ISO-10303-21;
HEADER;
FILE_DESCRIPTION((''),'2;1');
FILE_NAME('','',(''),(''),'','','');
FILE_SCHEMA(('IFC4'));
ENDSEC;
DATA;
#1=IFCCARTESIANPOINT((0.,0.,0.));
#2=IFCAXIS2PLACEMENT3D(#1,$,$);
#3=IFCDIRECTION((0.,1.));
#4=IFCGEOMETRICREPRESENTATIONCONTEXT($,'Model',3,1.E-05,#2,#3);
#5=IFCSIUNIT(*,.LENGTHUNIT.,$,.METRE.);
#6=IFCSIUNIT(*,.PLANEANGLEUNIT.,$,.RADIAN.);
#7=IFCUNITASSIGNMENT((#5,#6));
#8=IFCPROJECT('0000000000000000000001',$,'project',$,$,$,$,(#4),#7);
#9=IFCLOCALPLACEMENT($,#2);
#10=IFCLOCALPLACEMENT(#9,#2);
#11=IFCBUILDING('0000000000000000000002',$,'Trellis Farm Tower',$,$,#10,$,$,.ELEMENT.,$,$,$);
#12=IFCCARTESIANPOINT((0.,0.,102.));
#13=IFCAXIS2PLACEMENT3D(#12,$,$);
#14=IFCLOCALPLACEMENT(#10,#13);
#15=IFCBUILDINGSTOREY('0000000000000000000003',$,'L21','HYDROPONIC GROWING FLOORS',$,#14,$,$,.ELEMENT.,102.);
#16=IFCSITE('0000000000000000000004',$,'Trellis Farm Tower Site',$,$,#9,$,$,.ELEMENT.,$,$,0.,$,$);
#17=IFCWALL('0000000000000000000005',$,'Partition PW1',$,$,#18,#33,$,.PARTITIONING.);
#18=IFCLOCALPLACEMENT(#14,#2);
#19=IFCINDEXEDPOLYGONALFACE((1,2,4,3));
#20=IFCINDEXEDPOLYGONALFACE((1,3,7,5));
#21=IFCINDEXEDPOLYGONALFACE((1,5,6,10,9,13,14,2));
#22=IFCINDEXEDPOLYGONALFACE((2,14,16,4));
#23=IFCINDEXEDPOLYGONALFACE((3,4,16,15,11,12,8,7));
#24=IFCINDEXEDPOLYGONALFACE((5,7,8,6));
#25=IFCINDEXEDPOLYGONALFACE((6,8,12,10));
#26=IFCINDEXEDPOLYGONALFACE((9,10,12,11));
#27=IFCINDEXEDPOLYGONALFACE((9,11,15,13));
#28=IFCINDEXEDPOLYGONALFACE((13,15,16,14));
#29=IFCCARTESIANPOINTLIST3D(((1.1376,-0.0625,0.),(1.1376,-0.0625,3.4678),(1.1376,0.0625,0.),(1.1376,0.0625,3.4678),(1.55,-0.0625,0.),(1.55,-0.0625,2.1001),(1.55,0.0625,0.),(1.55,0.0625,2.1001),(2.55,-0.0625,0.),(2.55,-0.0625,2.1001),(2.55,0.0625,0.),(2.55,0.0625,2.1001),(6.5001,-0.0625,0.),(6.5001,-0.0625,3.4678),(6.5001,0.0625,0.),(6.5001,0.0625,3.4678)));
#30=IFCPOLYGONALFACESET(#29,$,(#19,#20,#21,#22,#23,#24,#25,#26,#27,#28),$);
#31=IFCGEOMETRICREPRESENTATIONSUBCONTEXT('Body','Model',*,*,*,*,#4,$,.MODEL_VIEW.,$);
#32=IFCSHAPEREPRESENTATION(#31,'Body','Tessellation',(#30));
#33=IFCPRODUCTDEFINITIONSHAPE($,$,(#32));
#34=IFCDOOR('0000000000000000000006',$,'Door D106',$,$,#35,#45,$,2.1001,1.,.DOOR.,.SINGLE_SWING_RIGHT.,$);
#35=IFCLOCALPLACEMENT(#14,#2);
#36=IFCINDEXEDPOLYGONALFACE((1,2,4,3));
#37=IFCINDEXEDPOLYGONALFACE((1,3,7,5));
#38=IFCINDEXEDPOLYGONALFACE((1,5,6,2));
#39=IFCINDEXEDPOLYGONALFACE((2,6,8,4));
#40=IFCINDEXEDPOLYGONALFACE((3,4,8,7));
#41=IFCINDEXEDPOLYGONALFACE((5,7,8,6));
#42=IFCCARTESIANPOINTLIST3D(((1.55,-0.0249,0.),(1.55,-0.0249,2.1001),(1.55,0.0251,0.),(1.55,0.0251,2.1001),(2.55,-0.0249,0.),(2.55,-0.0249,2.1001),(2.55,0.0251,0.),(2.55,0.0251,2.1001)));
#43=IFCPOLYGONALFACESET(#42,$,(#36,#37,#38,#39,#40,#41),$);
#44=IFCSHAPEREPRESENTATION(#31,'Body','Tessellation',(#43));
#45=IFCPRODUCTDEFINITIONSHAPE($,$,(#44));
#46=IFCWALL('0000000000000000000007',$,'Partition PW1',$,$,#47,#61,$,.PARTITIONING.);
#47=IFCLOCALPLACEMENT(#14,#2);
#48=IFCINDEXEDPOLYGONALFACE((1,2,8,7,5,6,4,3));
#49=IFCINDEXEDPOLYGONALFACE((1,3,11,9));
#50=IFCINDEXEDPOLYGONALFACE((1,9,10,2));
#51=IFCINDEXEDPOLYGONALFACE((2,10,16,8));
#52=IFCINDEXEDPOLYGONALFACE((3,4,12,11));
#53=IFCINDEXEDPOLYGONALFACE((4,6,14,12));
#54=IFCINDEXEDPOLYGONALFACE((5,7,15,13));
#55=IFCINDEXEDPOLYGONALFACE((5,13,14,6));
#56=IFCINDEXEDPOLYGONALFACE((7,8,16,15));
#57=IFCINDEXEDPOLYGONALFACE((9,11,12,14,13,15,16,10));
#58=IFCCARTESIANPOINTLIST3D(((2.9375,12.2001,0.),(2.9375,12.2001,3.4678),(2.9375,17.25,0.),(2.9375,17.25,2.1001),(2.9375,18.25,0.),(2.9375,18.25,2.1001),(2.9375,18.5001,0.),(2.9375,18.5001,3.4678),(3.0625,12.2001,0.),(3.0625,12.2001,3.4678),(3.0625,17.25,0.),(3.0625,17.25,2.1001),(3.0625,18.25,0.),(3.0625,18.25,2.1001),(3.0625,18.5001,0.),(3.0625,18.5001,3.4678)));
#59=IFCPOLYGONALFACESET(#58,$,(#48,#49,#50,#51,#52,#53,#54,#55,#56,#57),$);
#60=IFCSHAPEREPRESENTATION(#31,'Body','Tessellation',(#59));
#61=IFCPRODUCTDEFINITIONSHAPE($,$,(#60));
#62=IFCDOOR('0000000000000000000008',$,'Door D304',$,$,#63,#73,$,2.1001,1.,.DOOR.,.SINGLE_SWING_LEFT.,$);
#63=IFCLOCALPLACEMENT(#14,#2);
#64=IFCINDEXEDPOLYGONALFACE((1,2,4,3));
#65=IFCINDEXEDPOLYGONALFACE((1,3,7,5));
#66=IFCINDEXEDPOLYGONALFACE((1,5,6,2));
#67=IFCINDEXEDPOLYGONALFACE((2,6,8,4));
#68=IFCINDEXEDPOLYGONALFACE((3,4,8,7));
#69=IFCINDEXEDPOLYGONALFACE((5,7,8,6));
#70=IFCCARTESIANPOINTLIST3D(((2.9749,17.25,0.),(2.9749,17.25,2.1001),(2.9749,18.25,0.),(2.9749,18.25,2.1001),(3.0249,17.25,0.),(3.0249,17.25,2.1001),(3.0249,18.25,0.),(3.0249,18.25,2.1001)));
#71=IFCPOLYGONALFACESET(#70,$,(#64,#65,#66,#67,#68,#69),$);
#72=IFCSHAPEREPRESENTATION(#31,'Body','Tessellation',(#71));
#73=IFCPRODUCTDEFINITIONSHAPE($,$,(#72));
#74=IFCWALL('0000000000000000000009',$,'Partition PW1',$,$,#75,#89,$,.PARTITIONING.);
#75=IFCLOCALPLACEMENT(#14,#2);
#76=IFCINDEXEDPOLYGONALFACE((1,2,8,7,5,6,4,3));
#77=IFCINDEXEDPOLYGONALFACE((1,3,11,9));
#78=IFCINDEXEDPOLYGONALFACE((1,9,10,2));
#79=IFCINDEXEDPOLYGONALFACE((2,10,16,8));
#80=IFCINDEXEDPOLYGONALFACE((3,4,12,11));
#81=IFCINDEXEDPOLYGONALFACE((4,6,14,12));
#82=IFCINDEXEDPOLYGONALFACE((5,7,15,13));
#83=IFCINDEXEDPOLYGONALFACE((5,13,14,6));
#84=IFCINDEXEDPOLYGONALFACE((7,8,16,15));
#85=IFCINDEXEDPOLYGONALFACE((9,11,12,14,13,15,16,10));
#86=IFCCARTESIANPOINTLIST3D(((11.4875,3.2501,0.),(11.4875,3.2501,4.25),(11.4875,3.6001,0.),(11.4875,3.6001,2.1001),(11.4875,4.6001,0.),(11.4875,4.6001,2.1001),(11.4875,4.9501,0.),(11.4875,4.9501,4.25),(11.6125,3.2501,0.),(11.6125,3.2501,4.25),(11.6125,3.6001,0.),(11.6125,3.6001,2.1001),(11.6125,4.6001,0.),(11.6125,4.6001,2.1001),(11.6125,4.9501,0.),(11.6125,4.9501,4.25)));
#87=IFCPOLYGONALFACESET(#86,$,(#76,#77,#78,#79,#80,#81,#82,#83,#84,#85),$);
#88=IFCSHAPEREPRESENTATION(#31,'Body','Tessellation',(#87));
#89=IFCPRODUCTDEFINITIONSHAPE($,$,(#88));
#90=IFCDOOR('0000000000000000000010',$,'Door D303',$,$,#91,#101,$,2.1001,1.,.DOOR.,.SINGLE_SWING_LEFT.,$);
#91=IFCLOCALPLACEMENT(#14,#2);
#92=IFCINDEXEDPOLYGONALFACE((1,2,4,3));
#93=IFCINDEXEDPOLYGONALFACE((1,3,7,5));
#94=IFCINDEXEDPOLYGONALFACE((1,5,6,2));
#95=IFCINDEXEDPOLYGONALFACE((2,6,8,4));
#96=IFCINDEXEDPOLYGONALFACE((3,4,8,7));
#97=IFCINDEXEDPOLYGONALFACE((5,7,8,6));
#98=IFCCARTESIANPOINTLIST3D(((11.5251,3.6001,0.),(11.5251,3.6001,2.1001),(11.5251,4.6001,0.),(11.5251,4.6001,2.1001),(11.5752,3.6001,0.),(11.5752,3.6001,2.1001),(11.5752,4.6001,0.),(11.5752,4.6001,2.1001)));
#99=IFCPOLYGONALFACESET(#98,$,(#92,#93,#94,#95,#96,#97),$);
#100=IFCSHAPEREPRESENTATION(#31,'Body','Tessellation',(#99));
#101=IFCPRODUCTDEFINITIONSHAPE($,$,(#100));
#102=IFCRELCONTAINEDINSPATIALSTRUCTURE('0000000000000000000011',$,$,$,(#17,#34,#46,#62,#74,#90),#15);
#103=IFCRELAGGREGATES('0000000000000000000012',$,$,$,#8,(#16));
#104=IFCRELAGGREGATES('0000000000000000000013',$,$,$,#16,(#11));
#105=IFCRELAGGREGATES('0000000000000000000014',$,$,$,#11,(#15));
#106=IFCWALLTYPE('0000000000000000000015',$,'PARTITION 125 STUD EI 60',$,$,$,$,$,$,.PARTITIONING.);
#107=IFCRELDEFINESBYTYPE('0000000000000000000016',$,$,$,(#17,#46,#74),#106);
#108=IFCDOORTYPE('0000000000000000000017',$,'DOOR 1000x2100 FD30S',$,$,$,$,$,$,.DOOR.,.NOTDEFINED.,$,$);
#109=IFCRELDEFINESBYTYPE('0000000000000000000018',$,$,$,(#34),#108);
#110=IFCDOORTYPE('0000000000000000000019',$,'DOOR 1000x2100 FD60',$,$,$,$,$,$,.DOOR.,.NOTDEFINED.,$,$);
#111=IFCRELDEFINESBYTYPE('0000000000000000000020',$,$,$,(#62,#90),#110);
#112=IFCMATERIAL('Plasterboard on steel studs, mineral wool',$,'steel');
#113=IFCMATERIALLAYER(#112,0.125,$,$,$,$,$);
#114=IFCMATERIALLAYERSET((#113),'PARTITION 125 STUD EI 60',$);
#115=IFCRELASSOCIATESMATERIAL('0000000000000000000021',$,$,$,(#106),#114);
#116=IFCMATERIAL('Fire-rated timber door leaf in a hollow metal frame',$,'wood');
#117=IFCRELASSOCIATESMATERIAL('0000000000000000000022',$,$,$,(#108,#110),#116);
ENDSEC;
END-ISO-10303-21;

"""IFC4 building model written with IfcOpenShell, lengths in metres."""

from ifc_helpers import new_model, si_unit, direction, frame, frame_2d, origin, place, context, subcontext, project, spatial, rectangle, extrude, source, transform, mapped, material, layer, layer_set, type_object, element, fill, save


model = new_model("IFC4")

# Units and contexts
model_context = context("Model", 3, precision=1e-05, world=origin(), true_north=direction((0.0, 1.0)))
body_context = subcontext(model_context, "Body", "Model", "MODEL_VIEW")
ifc_project = project(units=[si_unit("LENGTHUNIT", "METRE"), si_unit("PLANEANGLEUNIT", "RADIAN")], contexts=[model_context])

# Site, building, storey
site_placement = place(None, origin())
site = spatial("IfcSite", under=ifc_project, at=site_placement, Name="Trellis Farm Tower Site", CompositionType="ELEMENT", RefElevation=0.0)
building_placement = place(site_placement, origin())
building = spatial("IfcBuilding", under=site, at=building_placement, Name="Trellis Farm Tower", CompositionType="ELEMENT")
storey_placement = place(building_placement, frame((0.0, 0.0, 102.0)))
storey = spatial("IfcBuildingStorey", under=building, at=storey_placement, Name="L21", Description="HYDROPONIC GROWING FLOORS", CompositionType="ELEMENT", Elevation=102.0)

# Shared definitions
ifc_material_1 = material(Name="Plasterboard on steel studs, mineral wool", Category="steel")
ifc_layer_1 = layer(ifc_material_1, 0.125)
ifc_layer_set_1 = layer_set([ifc_layer_1], Name="PARTITION 125 STUD EI 60")
wall_type_1 = type_object("IfcWallType", Name="PARTITION 125 STUD EI 60", PredefinedType="PARTITIONING", material=ifc_layer_set_1)

# Walls, openings, doors
shared_shape_1 = source(origin(), body_context, "Body", "SweptSolid", [
    extrude(rectangle(XDim=5.3625, YDim=0.125, at=frame_2d((2.6812, 0.0))), origin(), (0.0, 0.0, 1.0), 3.4678),
])
wall_1_placement = place(storey_placement, frame((6.5, 0.0, 0.0), z_axis=(0.0, 0.0, 1.0), x_axis=(-1.0, 0.0, 0.0)))
wall_1 = element("IfcWall", 1, at=wall_1_placement, inside=storey, type_object=wall_type_1, Name="Partition PW1", PredefinedType="PARTITIONING", context=body_context, shape_type="MappedRepresentation", body=[
    mapped(shared_shape_1, transform((0.0, 0.0, 0.0))),
])
shared_shape_2 = source(origin(), body_context, "Body", "SweptSolid", [
    extrude(rectangle(XDim=1.0, YDim=2.1001, at=frame_2d((0.5, 1.05))), frame((0.0, 0.0725, 0.0), z_axis=(0.0, -1.0, 0.0), x_axis=(1.0, 0.0, 0.0)), (0.0, 0.0, 1.0), 0.145),
])
opening_1_placement = place(wall_1_placement, frame((3.95, 0.0, 0.0)))
opening_1 = element("IfcOpeningElement", 2, at=opening_1_placement, cuts=wall_1, PredefinedType="OPENING", context=body_context, shape_type="MappedRepresentation", body=[
    mapped(shared_shape_2, transform((0.0, 0.0, 0.0))),
])
ifc_material_2 = material(Name="Fire-rated timber door leaf in a hollow metal frame", Category="wood")
door_type_1 = type_object("IfcDoorType", Name="DOOR 1000x2100 FD30S", OperationType="NOTDEFINED", PredefinedType="DOOR", material=ifc_material_2)
shared_shape_3 = source(origin(), body_context, "Body", "SweptSolid", [
    extrude(rectangle(XDim=1.0, YDim=2.1001, at=frame_2d((0.5, 1.05))), frame((0.0, 0.0249, 0.0), z_axis=(0.0, -1.0, 0.0), x_axis=(1.0, 0.0, 0.0)), (0.0, 0.0, 1.0), 0.05),
])
door_1_placement = place(opening_1_placement, origin())
door_1 = element("IfcDoor", 3, at=door_1_placement, inside=storey, type_object=door_type_1, Name="Door D106", OperationType="SINGLE_SWING_RIGHT", OverallHeight=2.1001, OverallWidth=1.0, PredefinedType="DOOR", context=body_context, shape_type="MappedRepresentation", body=[
    mapped(shared_shape_3, transform((0.0, 0.0, 0.0))),
])
fill(opening_1, door_1)
shared_shape_4 = source(origin(), body_context, "Body", "SweptSolid", [
    extrude(rectangle(XDim=6.3, YDim=0.125, at=frame_2d((3.1499, 0.0))), origin(), (0.0, 0.0, 1.0), 3.4678),
])
wall_2_placement = place(storey_placement, frame((3.0, 18.5, 0.0), z_axis=(0.0, 0.0, 1.0), x_axis=(0.0, -1.0, 0.0)))
wall_2 = element("IfcWall", 4, at=wall_2_placement, inside=storey, type_object=wall_type_1, Name="Partition PW1", PredefinedType="PARTITIONING", context=body_context, shape_type="MappedRepresentation", body=[
    mapped(shared_shape_4, transform((0.0, 0.0, 0.0))),
])
opening_2_placement = place(wall_2_placement, frame((0.25, 0.0, 0.0)))
opening_2 = element("IfcOpeningElement", 5, at=opening_2_placement, cuts=wall_2, PredefinedType="OPENING", context=body_context, shape_type="MappedRepresentation", body=[
    mapped(shared_shape_2, transform((0.0, 0.0, 0.0))),
])
door_type_2 = type_object("IfcDoorType", Name="DOOR 1000x2100 FD60", OperationType="NOTDEFINED", PredefinedType="DOOR", material=ifc_material_2)
door_2_placement = place(opening_2_placement, origin())
door_2 = element("IfcDoor", 6, at=door_2_placement, inside=storey, type_object=door_type_2, Name="Door D304", OperationType="SINGLE_SWING_LEFT", OverallHeight=2.1001, OverallWidth=1.0, PredefinedType="DOOR", context=body_context, shape_type="MappedRepresentation", body=[
    mapped(shared_shape_3, transform((0.0, 0.0, 0.0))),
])
fill(opening_2, door_2)
shared_shape_5 = source(origin(), body_context, "Body", "SweptSolid", [
    extrude(rectangle(XDim=1.7, YDim=0.125, at=frame_2d((0.8501, 0.0))), origin(), (0.0, 0.0, 1.0), 4.25),
])
wall_3_placement = place(storey_placement, frame((11.55, 3.25, 0.0), z_axis=(0.0, 0.0, 1.0), x_axis=(0.0, 1.0, 0.0)))
wall_3 = element("IfcWall", 7, at=wall_3_placement, inside=storey, type_object=wall_type_1, Name="Partition PW1", PredefinedType="PARTITIONING", context=body_context, shape_type="MappedRepresentation", body=[
    mapped(shared_shape_5, transform((0.0, 0.0, 0.0))),
])
opening_3_placement = place(wall_3_placement, frame((0.3501, 0.0, 0.0)))
opening_3 = element("IfcOpeningElement", 8, at=opening_3_placement, cuts=wall_3, PredefinedType="OPENING", context=body_context, shape_type="MappedRepresentation", body=[
    mapped(shared_shape_2, transform((0.0, 0.0, 0.0))),
])
door_3_placement = place(opening_3_placement, origin())
door_3 = element("IfcDoor", 9, at=door_3_placement, inside=storey, type_object=door_type_2, Name="Door D303", OperationType="SINGLE_SWING_LEFT", OverallHeight=2.1001, OverallWidth=1.0, PredefinedType="DOOR", context=body_context, shape_type="MappedRepresentation", body=[
    mapped(shared_shape_3, transform((0.0, 0.0, 0.0))),
])
fill(opening_3, door_3)

save(model, "model.ifc")
